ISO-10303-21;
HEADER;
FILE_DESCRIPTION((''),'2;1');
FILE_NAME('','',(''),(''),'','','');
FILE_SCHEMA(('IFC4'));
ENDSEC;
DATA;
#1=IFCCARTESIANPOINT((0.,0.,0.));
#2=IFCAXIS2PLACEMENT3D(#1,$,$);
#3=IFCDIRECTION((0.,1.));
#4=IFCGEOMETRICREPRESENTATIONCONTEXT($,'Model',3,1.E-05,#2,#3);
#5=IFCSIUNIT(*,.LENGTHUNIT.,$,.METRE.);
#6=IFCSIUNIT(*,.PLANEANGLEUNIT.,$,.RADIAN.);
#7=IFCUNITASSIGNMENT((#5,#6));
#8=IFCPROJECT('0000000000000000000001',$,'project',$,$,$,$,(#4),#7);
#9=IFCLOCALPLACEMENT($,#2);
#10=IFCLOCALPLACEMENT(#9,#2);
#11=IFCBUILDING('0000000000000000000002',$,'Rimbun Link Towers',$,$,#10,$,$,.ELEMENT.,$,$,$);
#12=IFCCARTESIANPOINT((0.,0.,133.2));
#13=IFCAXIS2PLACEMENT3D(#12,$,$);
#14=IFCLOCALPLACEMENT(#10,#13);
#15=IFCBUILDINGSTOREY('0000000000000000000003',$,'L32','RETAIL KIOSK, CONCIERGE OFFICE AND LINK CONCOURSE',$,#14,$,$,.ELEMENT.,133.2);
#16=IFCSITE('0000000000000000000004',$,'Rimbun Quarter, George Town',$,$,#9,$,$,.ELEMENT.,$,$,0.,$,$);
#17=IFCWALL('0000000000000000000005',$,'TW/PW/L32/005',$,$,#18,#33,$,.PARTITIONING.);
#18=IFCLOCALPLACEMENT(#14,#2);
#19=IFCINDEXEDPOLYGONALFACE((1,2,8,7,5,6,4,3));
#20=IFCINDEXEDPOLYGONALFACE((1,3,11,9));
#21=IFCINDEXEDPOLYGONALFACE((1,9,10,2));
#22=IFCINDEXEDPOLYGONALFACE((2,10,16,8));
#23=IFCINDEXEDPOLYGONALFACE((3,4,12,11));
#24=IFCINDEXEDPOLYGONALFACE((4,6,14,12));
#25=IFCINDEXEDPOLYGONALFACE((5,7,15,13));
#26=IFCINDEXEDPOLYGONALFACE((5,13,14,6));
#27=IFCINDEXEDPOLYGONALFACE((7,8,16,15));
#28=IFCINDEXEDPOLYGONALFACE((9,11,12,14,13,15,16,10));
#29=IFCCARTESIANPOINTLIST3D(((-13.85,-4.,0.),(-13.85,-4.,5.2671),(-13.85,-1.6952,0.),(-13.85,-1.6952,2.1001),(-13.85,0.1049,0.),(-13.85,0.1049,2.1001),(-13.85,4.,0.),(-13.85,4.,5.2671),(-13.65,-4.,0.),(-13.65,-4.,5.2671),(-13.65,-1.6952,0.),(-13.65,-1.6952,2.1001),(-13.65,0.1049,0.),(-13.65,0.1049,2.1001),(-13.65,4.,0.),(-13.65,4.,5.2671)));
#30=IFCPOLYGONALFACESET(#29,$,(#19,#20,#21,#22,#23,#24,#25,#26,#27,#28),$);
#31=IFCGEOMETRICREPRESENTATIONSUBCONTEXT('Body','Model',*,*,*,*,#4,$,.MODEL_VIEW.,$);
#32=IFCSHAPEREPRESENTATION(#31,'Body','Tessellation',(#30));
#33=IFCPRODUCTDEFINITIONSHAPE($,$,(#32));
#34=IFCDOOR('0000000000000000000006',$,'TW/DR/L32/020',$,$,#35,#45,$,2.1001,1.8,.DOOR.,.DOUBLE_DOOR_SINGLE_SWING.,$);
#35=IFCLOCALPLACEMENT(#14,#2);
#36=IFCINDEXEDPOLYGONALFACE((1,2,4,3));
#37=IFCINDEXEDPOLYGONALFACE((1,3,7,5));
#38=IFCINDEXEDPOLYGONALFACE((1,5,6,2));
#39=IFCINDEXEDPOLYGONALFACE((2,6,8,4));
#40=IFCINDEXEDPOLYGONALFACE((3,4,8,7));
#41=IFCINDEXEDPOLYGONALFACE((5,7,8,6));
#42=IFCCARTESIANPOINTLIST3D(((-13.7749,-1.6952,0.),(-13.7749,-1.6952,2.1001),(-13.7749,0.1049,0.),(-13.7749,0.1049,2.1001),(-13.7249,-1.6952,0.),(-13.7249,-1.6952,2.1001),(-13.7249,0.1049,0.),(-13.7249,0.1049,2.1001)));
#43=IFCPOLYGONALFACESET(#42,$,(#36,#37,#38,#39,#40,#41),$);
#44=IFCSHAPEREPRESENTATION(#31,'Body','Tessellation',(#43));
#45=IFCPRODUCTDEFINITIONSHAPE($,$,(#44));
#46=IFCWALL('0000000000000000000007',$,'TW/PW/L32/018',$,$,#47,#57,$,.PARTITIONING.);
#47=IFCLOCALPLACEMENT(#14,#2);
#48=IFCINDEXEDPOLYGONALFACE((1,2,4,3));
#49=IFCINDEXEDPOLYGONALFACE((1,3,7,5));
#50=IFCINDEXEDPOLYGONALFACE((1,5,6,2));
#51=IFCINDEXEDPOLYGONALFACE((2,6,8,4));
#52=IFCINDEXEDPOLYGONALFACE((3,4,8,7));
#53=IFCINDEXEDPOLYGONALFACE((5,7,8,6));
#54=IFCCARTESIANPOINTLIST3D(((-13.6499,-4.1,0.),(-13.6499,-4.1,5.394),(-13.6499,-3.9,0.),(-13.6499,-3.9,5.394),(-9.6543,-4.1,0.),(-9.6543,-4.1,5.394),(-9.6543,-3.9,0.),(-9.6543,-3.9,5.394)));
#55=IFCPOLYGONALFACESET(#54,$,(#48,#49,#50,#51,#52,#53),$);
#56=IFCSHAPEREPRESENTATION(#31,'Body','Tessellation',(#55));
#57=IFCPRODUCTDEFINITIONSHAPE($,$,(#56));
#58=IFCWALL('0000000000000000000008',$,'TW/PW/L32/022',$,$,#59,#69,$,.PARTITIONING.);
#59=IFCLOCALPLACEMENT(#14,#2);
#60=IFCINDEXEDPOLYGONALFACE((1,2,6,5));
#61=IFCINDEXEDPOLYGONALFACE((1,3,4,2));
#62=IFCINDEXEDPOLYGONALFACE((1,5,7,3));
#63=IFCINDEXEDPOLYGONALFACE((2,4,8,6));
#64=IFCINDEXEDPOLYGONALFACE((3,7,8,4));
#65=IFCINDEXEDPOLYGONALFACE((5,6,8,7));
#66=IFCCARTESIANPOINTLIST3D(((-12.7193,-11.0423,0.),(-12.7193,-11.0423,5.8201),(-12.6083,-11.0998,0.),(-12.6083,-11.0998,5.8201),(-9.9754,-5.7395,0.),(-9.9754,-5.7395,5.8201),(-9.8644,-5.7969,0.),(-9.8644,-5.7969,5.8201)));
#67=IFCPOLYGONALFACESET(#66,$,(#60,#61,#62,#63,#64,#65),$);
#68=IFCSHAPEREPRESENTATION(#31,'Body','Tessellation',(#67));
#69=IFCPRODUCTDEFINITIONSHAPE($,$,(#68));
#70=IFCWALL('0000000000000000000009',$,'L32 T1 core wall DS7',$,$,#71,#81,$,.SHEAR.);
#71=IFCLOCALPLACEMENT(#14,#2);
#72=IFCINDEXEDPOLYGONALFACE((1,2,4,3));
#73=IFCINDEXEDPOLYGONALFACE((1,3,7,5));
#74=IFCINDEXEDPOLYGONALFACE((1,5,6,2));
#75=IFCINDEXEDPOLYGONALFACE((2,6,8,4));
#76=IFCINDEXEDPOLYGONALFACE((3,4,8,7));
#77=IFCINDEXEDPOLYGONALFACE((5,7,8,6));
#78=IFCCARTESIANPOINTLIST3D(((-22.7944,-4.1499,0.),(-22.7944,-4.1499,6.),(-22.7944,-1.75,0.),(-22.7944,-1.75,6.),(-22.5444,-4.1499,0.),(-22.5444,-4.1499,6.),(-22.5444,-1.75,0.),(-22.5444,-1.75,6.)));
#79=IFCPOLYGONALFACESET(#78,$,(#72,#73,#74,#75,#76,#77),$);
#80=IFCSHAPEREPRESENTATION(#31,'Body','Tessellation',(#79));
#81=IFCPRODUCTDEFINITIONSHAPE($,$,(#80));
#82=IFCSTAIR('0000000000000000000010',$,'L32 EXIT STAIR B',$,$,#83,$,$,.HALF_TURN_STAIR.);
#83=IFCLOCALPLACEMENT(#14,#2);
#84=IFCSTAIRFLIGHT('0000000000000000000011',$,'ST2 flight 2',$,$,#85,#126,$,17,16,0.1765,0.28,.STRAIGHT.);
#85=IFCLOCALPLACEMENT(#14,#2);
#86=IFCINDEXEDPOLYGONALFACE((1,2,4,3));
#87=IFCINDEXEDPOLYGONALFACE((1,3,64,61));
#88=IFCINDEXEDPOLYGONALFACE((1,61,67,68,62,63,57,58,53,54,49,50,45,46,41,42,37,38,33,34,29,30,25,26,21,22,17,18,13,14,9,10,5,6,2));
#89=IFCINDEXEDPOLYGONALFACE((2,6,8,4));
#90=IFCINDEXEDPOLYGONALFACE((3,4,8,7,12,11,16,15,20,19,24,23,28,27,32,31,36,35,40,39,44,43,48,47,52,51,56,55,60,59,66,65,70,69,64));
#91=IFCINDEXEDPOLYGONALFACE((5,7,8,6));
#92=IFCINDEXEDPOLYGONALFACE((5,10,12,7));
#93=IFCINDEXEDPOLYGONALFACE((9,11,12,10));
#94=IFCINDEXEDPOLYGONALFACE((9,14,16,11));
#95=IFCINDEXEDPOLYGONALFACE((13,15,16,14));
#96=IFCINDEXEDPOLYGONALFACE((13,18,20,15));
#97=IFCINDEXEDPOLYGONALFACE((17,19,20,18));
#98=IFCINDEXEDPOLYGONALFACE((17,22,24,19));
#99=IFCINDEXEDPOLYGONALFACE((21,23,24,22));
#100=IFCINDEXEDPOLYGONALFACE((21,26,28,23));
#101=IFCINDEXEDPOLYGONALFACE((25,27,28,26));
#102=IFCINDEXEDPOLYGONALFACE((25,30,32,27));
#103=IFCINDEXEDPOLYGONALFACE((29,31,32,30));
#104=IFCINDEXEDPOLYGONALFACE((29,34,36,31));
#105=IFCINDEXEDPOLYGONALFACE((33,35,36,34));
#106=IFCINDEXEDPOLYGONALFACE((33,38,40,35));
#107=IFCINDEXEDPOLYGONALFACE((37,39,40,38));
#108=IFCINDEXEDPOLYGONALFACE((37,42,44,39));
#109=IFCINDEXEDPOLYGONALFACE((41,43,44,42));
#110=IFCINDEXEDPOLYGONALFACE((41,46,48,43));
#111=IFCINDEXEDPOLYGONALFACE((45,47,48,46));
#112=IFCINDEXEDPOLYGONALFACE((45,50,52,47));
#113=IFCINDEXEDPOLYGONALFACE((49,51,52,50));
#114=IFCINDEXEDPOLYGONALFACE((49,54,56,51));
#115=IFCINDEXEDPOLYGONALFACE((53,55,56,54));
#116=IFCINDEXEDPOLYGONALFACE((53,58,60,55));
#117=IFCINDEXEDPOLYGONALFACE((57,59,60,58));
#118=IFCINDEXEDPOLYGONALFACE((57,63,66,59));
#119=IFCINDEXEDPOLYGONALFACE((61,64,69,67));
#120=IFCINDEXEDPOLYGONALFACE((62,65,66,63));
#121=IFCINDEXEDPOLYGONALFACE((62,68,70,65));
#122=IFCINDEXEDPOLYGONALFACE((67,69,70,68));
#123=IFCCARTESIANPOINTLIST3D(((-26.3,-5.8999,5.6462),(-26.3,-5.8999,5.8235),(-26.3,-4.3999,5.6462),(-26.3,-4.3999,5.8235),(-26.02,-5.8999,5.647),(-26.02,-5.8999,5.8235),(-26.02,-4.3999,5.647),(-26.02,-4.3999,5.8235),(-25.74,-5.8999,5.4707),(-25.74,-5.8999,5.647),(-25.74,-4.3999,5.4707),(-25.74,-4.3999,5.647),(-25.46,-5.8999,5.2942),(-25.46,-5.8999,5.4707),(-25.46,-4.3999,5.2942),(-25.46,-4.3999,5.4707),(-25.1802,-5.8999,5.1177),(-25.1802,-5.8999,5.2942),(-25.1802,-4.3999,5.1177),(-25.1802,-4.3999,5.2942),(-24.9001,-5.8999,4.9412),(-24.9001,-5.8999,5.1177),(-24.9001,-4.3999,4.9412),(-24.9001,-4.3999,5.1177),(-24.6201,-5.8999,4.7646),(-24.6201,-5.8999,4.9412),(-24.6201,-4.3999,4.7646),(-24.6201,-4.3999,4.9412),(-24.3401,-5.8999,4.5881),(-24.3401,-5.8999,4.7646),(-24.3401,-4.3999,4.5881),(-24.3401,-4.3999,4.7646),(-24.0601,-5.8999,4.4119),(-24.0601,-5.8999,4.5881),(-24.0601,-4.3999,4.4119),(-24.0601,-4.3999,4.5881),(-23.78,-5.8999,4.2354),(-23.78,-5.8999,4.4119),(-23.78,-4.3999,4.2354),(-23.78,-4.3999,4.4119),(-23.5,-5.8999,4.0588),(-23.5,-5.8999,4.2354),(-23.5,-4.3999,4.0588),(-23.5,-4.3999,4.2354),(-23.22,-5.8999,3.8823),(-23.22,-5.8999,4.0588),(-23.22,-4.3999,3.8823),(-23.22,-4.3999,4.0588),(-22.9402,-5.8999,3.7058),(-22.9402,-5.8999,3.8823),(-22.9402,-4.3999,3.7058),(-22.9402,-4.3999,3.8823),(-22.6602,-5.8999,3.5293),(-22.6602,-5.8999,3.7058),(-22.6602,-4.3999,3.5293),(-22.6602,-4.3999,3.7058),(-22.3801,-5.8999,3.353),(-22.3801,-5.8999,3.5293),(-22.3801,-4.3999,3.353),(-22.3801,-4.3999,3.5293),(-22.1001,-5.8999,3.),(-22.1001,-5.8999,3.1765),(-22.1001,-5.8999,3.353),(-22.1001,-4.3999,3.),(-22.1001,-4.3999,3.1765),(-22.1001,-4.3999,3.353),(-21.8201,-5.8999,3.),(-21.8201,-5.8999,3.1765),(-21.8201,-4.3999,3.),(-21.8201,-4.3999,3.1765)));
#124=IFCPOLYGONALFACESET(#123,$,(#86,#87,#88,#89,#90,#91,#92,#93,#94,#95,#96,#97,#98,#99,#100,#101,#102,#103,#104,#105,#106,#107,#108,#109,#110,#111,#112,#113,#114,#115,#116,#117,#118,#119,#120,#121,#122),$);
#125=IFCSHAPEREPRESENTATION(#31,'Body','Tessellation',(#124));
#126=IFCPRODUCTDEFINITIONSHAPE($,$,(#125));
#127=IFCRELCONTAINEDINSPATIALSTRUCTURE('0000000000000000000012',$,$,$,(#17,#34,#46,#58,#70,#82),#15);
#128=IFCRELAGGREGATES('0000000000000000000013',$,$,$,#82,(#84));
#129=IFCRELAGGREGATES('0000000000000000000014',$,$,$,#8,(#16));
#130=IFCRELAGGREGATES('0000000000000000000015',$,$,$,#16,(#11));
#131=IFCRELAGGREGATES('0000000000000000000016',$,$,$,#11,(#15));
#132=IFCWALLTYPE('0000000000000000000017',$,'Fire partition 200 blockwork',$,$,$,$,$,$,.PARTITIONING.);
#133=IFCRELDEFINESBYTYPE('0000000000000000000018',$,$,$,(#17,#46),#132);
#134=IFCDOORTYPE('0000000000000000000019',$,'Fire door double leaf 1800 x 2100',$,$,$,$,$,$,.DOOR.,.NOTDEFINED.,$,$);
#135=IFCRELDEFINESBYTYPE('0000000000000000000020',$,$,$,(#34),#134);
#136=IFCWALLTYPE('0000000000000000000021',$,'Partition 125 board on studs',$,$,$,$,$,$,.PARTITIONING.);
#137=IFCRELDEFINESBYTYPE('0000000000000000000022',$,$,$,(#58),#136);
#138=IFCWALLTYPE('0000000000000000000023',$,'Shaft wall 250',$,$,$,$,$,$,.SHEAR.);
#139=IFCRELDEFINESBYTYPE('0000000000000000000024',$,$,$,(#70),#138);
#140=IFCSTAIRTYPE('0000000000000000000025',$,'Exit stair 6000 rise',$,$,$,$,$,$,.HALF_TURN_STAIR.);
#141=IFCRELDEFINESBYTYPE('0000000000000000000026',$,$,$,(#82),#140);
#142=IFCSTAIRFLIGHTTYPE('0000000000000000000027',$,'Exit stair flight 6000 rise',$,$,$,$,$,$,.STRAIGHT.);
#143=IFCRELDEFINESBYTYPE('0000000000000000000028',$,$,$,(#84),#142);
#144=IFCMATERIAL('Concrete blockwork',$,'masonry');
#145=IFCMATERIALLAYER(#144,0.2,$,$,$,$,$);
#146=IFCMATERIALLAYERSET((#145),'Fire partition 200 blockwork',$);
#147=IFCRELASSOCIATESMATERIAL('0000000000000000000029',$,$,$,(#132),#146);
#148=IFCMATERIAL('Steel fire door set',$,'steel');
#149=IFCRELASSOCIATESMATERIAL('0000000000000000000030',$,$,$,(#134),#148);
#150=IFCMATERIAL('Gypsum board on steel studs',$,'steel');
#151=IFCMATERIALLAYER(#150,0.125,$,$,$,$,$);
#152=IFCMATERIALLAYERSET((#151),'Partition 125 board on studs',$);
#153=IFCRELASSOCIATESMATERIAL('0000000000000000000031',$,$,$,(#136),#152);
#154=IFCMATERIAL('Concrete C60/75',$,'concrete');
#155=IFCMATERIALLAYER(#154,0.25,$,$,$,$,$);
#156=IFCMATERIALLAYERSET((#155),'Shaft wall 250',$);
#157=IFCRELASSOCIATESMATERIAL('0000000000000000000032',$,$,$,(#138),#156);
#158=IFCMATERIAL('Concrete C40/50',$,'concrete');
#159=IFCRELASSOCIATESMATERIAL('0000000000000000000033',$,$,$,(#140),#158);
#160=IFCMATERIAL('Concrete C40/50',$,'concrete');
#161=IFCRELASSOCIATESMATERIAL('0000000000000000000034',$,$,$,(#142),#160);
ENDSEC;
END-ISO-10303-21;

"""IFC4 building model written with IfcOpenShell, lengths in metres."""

from ifc_helpers import new_model, si_unit, direction, frame, frame_2d, origin, place, context, subcontext, project, spatial, polyline, rectangle, outline, extrude, material, layer, layer_set, type_object, element, fill, aggregate, save


model = new_model("IFC4")

# Units and contexts
model_context = context("Model", 3, precision=1e-05, world=origin(), true_north=direction((0.0, 1.0)))
body_context = subcontext(model_context, "Body", "Model", "MODEL_VIEW")
ifc_project = project(units=[si_unit("LENGTHUNIT", "METRE"), si_unit("PLANEANGLEUNIT", "RADIAN")], contexts=[model_context])

# Site, building, storey
site_placement = place(None, origin())
site = spatial("IfcSite", under=ifc_project, at=site_placement, Name="Rimbun Quarter, George Town", CompositionType="ELEMENT", RefElevation=0.0)
building_placement = place(site_placement, origin())
building = spatial("IfcBuilding", under=site, at=building_placement, Name="Rimbun Link Towers", CompositionType="ELEMENT")
storey_placement = place(building_placement, frame((0.0, 0.0, 133.2)))
storey = spatial("IfcBuildingStorey", under=building, at=storey_placement, Name="L32", Description="RETAIL KIOSK, CONCIERGE OFFICE AND LINK CONCOURSE", CompositionType="ELEMENT", Elevation=133.2)

# Wall, opening, door
ifc_material_1 = material(Name="Concrete blockwork", Category="masonry")
ifc_layer_1 = layer(ifc_material_1, 0.2)
ifc_layer_set_1 = layer_set([ifc_layer_1], Name="Fire partition 200 blockwork")
wall_type_1 = type_object("IfcWallType", Name="Fire partition 200 blockwork", PredefinedType="PARTITIONING", material=ifc_layer_set_1)
wall_1_placement = place(storey_placement, frame((-13.75, -4.0, 0.0), z_axis=(0.0, 0.0, 1.0), x_axis=(0.0, 1.0, 0.0)))
wall_1 = element("IfcWall", 1, at=wall_1_placement, inside=storey, type_object=wall_type_1, Name="TW/PW/L32/005", PredefinedType="PARTITIONING", context=body_context, shape_type="SweptSolid", body=[
    extrude(rectangle(XDim=8.0, YDim=0.2, at=frame_2d((4.0, 0.0))), origin(), (0.0, 0.0, 1.0), 5.2671),
])
opening_1_placement = place(wall_1_placement, frame((2.3049, 0.0, 0.0)))
opening_1 = element("IfcOpeningElement", 2, at=opening_1_placement, cuts=wall_1, PredefinedType="OPENING", context=body_context, shape_type="SweptSolid", body=[
    extrude(rectangle(XDim=1.8, YDim=2.1001, at=frame_2d((0.8999, 1.05))), frame((0.0, 0.1099, 0.0), z_axis=(0.0, -1.0, 0.0), x_axis=(1.0, 0.0, 0.0)), (0.0, 0.0, 1.0), 0.22),
])
ifc_material_2 = material(Name="Steel fire door set", Category="steel")
door_type_1 = type_object("IfcDoorType", Name="Fire door double leaf 1800 x 2100", OperationType="NOTDEFINED", PredefinedType="DOOR", material=ifc_material_2)
door_1_placement = place(opening_1_placement, origin())
door_1 = element("IfcDoor", 3, at=door_1_placement, inside=storey, type_object=door_type_1, Name="TW/DR/L32/020", OperationType="DOUBLE_DOOR_SINGLE_SWING", OverallHeight=2.1001, OverallWidth=1.8, PredefinedType="DOOR", context=body_context, shape_type="SweptSolid", body=[
    extrude(rectangle(XDim=1.8, YDim=2.1001, at=frame_2d((0.8999, 1.05))), frame((0.0, 0.0249, 0.0), z_axis=(0.0, -1.0, 0.0), x_axis=(1.0, 0.0, 0.0)), (0.0, 0.0, 1.0), 0.05),
])
fill(opening_1, door_1)

# Walls
wall_2_placement = place(storey_placement, frame((-13.6499, -4.0, 0.0), z_axis=(0.0, 0.0, 1.0), x_axis=(1.0, 0.0, 0.0)))
element("IfcWall", 4, at=wall_2_placement, inside=storey, type_object=wall_type_1, Name="TW/PW/L32/018", PredefinedType="PARTITIONING", context=body_context, shape_type="SweptSolid", body=[
    extrude(rectangle(XDim=3.9956, YDim=0.2, at=frame_2d((1.9978, 0.0))), origin(), (0.0, 0.0, 1.0), 5.394),
])
ifc_material_3 = material(Name="Gypsum board on steel studs", Category="steel")
ifc_layer_2 = layer(ifc_material_3, 0.125)
ifc_layer_set_2 = layer_set([ifc_layer_2], Name="Partition 125 board on studs")
wall_type_2 = type_object("IfcWallType", Name="Partition 125 board on studs", PredefinedType="PARTITIONING", material=ifc_layer_set_2)
wall_3_placement = place(storey_placement, frame((-12.6638, -11.071, 0.0), z_axis=(0.0, 0.0, 1.0), x_axis=(0.459569, 0.888142, 0.0)))
element("IfcWall", 5, at=wall_3_placement, inside=storey, type_object=wall_type_2, Name="TW/PW/L32/022", PredefinedType="PARTITIONING", context=body_context, shape_type="SweptSolid", body=[
    extrude(rectangle(XDim=5.9707, YDim=0.125, at=frame_2d((2.9854, 0.0))), origin(), (0.0, 0.0, 1.0), 5.8201),
])
ifc_material_4 = material(Name="Concrete C60/75", Category="concrete")
ifc_layer_3 = layer(ifc_material_4, 0.25)
ifc_layer_set_3 = layer_set([ifc_layer_3], Name="Shaft wall 250")
wall_type_3 = type_object("IfcWallType", Name="Shaft wall 250", PredefinedType="SHEAR", material=ifc_layer_set_3)
wall_4_placement = place(storey_placement, frame((-22.6694, -4.1499, 0.0), z_axis=(0.0, 0.0, 1.0), x_axis=(0.0, 1.0, 0.0)))
element("IfcWall", 6, at=wall_4_placement, inside=storey, type_object=wall_type_3, Name="L32 T1 core wall DS7", PredefinedType="SHEAR", context=body_context, shape_type="SweptSolid", body=[
    extrude(rectangle(XDim=2.3999, YDim=0.25, at=frame_2d((1.2, 0.0))), origin(), (0.0, 0.0, 1.0), 6.0),
])

# Stair, stair flight
ifc_material_5 = material(Name="Concrete C40/50", Category="concrete")
stair_type = type_object("IfcStairType", Name="Exit stair 6000 rise", PredefinedType="HALF_TURN_STAIR", material=ifc_material_5)
stair_placement = place(storey_placement, origin())
stair = element("IfcStair", 7, at=stair_placement, inside=storey, type_object=stair_type, Name="L32 EXIT STAIR B", PredefinedType="HALF_TURN_STAIR")
ifc_material_6 = material(Name="Concrete C40/50", Category="concrete")
stair_flight_type = type_object("IfcStairFlightType", Name="Exit stair flight 6000 rise", PredefinedType="STRAIGHT", material=ifc_material_6)
stair_flight_placement = place(storey_placement, frame((-21.8201, -5.1499, 3.0), z_axis=(0.0, 0.0, 1.0), x_axis=(-1.0, 0.0, 0.0)))
stair_flight = element("IfcStairFlight", 8, at=stair_flight_placement, type_object=stair_flight_type, Name="ST2 flight 2", NumberOfRisers=17, NumberOfTreads=16, PredefinedType="STRAIGHT", RiserHeight=0.1765, TreadLength=0.28, context=body_context, shape_type="SweptSolid", body=[
    extrude(outline(polyline([(0.0, 0.0), (0.0, 0.1765), (0.28, 0.1765), (0.28, 0.353), (0.5601, 0.353), (0.5601, 0.5293), (0.8401, 0.5293), (0.8401, 0.7058), (1.1201, 0.7058), (1.1201, 0.8823), (1.3999, 0.8823), (1.3999, 1.0588), (1.6799, 1.0588), (1.6799, 1.2354), (1.96, 1.2354), (1.96, 1.4119), (2.24, 1.4119), (2.24, 1.5881), (2.52, 1.5881), (2.52, 1.7646), (2.8, 1.7646), (2.8, 1.9412), (3.0801, 1.9412), (3.0801, 2.1177), (3.3601, 2.1177), (3.3601, 2.2942), (3.6399, 2.2942), (3.6399, 2.4707), (3.9199, 2.4707), (3.9199, 2.647), (4.2, 2.647), (4.2, 2.8235), (4.48, 2.8235), (4.48, 3.0), (4.48, 2.6462), (0.28, 0.0), (0.0, 0.0)])), frame((0.0, 0.75, 0.0), z_axis=(0.0, -1.0, 0.0), x_axis=(1.0, 0.0, 0.0)), (0.0, 0.0, 1.0), 1.5),
])
aggregate(stair, [stair_flight])

save(model, "model.ifc")
